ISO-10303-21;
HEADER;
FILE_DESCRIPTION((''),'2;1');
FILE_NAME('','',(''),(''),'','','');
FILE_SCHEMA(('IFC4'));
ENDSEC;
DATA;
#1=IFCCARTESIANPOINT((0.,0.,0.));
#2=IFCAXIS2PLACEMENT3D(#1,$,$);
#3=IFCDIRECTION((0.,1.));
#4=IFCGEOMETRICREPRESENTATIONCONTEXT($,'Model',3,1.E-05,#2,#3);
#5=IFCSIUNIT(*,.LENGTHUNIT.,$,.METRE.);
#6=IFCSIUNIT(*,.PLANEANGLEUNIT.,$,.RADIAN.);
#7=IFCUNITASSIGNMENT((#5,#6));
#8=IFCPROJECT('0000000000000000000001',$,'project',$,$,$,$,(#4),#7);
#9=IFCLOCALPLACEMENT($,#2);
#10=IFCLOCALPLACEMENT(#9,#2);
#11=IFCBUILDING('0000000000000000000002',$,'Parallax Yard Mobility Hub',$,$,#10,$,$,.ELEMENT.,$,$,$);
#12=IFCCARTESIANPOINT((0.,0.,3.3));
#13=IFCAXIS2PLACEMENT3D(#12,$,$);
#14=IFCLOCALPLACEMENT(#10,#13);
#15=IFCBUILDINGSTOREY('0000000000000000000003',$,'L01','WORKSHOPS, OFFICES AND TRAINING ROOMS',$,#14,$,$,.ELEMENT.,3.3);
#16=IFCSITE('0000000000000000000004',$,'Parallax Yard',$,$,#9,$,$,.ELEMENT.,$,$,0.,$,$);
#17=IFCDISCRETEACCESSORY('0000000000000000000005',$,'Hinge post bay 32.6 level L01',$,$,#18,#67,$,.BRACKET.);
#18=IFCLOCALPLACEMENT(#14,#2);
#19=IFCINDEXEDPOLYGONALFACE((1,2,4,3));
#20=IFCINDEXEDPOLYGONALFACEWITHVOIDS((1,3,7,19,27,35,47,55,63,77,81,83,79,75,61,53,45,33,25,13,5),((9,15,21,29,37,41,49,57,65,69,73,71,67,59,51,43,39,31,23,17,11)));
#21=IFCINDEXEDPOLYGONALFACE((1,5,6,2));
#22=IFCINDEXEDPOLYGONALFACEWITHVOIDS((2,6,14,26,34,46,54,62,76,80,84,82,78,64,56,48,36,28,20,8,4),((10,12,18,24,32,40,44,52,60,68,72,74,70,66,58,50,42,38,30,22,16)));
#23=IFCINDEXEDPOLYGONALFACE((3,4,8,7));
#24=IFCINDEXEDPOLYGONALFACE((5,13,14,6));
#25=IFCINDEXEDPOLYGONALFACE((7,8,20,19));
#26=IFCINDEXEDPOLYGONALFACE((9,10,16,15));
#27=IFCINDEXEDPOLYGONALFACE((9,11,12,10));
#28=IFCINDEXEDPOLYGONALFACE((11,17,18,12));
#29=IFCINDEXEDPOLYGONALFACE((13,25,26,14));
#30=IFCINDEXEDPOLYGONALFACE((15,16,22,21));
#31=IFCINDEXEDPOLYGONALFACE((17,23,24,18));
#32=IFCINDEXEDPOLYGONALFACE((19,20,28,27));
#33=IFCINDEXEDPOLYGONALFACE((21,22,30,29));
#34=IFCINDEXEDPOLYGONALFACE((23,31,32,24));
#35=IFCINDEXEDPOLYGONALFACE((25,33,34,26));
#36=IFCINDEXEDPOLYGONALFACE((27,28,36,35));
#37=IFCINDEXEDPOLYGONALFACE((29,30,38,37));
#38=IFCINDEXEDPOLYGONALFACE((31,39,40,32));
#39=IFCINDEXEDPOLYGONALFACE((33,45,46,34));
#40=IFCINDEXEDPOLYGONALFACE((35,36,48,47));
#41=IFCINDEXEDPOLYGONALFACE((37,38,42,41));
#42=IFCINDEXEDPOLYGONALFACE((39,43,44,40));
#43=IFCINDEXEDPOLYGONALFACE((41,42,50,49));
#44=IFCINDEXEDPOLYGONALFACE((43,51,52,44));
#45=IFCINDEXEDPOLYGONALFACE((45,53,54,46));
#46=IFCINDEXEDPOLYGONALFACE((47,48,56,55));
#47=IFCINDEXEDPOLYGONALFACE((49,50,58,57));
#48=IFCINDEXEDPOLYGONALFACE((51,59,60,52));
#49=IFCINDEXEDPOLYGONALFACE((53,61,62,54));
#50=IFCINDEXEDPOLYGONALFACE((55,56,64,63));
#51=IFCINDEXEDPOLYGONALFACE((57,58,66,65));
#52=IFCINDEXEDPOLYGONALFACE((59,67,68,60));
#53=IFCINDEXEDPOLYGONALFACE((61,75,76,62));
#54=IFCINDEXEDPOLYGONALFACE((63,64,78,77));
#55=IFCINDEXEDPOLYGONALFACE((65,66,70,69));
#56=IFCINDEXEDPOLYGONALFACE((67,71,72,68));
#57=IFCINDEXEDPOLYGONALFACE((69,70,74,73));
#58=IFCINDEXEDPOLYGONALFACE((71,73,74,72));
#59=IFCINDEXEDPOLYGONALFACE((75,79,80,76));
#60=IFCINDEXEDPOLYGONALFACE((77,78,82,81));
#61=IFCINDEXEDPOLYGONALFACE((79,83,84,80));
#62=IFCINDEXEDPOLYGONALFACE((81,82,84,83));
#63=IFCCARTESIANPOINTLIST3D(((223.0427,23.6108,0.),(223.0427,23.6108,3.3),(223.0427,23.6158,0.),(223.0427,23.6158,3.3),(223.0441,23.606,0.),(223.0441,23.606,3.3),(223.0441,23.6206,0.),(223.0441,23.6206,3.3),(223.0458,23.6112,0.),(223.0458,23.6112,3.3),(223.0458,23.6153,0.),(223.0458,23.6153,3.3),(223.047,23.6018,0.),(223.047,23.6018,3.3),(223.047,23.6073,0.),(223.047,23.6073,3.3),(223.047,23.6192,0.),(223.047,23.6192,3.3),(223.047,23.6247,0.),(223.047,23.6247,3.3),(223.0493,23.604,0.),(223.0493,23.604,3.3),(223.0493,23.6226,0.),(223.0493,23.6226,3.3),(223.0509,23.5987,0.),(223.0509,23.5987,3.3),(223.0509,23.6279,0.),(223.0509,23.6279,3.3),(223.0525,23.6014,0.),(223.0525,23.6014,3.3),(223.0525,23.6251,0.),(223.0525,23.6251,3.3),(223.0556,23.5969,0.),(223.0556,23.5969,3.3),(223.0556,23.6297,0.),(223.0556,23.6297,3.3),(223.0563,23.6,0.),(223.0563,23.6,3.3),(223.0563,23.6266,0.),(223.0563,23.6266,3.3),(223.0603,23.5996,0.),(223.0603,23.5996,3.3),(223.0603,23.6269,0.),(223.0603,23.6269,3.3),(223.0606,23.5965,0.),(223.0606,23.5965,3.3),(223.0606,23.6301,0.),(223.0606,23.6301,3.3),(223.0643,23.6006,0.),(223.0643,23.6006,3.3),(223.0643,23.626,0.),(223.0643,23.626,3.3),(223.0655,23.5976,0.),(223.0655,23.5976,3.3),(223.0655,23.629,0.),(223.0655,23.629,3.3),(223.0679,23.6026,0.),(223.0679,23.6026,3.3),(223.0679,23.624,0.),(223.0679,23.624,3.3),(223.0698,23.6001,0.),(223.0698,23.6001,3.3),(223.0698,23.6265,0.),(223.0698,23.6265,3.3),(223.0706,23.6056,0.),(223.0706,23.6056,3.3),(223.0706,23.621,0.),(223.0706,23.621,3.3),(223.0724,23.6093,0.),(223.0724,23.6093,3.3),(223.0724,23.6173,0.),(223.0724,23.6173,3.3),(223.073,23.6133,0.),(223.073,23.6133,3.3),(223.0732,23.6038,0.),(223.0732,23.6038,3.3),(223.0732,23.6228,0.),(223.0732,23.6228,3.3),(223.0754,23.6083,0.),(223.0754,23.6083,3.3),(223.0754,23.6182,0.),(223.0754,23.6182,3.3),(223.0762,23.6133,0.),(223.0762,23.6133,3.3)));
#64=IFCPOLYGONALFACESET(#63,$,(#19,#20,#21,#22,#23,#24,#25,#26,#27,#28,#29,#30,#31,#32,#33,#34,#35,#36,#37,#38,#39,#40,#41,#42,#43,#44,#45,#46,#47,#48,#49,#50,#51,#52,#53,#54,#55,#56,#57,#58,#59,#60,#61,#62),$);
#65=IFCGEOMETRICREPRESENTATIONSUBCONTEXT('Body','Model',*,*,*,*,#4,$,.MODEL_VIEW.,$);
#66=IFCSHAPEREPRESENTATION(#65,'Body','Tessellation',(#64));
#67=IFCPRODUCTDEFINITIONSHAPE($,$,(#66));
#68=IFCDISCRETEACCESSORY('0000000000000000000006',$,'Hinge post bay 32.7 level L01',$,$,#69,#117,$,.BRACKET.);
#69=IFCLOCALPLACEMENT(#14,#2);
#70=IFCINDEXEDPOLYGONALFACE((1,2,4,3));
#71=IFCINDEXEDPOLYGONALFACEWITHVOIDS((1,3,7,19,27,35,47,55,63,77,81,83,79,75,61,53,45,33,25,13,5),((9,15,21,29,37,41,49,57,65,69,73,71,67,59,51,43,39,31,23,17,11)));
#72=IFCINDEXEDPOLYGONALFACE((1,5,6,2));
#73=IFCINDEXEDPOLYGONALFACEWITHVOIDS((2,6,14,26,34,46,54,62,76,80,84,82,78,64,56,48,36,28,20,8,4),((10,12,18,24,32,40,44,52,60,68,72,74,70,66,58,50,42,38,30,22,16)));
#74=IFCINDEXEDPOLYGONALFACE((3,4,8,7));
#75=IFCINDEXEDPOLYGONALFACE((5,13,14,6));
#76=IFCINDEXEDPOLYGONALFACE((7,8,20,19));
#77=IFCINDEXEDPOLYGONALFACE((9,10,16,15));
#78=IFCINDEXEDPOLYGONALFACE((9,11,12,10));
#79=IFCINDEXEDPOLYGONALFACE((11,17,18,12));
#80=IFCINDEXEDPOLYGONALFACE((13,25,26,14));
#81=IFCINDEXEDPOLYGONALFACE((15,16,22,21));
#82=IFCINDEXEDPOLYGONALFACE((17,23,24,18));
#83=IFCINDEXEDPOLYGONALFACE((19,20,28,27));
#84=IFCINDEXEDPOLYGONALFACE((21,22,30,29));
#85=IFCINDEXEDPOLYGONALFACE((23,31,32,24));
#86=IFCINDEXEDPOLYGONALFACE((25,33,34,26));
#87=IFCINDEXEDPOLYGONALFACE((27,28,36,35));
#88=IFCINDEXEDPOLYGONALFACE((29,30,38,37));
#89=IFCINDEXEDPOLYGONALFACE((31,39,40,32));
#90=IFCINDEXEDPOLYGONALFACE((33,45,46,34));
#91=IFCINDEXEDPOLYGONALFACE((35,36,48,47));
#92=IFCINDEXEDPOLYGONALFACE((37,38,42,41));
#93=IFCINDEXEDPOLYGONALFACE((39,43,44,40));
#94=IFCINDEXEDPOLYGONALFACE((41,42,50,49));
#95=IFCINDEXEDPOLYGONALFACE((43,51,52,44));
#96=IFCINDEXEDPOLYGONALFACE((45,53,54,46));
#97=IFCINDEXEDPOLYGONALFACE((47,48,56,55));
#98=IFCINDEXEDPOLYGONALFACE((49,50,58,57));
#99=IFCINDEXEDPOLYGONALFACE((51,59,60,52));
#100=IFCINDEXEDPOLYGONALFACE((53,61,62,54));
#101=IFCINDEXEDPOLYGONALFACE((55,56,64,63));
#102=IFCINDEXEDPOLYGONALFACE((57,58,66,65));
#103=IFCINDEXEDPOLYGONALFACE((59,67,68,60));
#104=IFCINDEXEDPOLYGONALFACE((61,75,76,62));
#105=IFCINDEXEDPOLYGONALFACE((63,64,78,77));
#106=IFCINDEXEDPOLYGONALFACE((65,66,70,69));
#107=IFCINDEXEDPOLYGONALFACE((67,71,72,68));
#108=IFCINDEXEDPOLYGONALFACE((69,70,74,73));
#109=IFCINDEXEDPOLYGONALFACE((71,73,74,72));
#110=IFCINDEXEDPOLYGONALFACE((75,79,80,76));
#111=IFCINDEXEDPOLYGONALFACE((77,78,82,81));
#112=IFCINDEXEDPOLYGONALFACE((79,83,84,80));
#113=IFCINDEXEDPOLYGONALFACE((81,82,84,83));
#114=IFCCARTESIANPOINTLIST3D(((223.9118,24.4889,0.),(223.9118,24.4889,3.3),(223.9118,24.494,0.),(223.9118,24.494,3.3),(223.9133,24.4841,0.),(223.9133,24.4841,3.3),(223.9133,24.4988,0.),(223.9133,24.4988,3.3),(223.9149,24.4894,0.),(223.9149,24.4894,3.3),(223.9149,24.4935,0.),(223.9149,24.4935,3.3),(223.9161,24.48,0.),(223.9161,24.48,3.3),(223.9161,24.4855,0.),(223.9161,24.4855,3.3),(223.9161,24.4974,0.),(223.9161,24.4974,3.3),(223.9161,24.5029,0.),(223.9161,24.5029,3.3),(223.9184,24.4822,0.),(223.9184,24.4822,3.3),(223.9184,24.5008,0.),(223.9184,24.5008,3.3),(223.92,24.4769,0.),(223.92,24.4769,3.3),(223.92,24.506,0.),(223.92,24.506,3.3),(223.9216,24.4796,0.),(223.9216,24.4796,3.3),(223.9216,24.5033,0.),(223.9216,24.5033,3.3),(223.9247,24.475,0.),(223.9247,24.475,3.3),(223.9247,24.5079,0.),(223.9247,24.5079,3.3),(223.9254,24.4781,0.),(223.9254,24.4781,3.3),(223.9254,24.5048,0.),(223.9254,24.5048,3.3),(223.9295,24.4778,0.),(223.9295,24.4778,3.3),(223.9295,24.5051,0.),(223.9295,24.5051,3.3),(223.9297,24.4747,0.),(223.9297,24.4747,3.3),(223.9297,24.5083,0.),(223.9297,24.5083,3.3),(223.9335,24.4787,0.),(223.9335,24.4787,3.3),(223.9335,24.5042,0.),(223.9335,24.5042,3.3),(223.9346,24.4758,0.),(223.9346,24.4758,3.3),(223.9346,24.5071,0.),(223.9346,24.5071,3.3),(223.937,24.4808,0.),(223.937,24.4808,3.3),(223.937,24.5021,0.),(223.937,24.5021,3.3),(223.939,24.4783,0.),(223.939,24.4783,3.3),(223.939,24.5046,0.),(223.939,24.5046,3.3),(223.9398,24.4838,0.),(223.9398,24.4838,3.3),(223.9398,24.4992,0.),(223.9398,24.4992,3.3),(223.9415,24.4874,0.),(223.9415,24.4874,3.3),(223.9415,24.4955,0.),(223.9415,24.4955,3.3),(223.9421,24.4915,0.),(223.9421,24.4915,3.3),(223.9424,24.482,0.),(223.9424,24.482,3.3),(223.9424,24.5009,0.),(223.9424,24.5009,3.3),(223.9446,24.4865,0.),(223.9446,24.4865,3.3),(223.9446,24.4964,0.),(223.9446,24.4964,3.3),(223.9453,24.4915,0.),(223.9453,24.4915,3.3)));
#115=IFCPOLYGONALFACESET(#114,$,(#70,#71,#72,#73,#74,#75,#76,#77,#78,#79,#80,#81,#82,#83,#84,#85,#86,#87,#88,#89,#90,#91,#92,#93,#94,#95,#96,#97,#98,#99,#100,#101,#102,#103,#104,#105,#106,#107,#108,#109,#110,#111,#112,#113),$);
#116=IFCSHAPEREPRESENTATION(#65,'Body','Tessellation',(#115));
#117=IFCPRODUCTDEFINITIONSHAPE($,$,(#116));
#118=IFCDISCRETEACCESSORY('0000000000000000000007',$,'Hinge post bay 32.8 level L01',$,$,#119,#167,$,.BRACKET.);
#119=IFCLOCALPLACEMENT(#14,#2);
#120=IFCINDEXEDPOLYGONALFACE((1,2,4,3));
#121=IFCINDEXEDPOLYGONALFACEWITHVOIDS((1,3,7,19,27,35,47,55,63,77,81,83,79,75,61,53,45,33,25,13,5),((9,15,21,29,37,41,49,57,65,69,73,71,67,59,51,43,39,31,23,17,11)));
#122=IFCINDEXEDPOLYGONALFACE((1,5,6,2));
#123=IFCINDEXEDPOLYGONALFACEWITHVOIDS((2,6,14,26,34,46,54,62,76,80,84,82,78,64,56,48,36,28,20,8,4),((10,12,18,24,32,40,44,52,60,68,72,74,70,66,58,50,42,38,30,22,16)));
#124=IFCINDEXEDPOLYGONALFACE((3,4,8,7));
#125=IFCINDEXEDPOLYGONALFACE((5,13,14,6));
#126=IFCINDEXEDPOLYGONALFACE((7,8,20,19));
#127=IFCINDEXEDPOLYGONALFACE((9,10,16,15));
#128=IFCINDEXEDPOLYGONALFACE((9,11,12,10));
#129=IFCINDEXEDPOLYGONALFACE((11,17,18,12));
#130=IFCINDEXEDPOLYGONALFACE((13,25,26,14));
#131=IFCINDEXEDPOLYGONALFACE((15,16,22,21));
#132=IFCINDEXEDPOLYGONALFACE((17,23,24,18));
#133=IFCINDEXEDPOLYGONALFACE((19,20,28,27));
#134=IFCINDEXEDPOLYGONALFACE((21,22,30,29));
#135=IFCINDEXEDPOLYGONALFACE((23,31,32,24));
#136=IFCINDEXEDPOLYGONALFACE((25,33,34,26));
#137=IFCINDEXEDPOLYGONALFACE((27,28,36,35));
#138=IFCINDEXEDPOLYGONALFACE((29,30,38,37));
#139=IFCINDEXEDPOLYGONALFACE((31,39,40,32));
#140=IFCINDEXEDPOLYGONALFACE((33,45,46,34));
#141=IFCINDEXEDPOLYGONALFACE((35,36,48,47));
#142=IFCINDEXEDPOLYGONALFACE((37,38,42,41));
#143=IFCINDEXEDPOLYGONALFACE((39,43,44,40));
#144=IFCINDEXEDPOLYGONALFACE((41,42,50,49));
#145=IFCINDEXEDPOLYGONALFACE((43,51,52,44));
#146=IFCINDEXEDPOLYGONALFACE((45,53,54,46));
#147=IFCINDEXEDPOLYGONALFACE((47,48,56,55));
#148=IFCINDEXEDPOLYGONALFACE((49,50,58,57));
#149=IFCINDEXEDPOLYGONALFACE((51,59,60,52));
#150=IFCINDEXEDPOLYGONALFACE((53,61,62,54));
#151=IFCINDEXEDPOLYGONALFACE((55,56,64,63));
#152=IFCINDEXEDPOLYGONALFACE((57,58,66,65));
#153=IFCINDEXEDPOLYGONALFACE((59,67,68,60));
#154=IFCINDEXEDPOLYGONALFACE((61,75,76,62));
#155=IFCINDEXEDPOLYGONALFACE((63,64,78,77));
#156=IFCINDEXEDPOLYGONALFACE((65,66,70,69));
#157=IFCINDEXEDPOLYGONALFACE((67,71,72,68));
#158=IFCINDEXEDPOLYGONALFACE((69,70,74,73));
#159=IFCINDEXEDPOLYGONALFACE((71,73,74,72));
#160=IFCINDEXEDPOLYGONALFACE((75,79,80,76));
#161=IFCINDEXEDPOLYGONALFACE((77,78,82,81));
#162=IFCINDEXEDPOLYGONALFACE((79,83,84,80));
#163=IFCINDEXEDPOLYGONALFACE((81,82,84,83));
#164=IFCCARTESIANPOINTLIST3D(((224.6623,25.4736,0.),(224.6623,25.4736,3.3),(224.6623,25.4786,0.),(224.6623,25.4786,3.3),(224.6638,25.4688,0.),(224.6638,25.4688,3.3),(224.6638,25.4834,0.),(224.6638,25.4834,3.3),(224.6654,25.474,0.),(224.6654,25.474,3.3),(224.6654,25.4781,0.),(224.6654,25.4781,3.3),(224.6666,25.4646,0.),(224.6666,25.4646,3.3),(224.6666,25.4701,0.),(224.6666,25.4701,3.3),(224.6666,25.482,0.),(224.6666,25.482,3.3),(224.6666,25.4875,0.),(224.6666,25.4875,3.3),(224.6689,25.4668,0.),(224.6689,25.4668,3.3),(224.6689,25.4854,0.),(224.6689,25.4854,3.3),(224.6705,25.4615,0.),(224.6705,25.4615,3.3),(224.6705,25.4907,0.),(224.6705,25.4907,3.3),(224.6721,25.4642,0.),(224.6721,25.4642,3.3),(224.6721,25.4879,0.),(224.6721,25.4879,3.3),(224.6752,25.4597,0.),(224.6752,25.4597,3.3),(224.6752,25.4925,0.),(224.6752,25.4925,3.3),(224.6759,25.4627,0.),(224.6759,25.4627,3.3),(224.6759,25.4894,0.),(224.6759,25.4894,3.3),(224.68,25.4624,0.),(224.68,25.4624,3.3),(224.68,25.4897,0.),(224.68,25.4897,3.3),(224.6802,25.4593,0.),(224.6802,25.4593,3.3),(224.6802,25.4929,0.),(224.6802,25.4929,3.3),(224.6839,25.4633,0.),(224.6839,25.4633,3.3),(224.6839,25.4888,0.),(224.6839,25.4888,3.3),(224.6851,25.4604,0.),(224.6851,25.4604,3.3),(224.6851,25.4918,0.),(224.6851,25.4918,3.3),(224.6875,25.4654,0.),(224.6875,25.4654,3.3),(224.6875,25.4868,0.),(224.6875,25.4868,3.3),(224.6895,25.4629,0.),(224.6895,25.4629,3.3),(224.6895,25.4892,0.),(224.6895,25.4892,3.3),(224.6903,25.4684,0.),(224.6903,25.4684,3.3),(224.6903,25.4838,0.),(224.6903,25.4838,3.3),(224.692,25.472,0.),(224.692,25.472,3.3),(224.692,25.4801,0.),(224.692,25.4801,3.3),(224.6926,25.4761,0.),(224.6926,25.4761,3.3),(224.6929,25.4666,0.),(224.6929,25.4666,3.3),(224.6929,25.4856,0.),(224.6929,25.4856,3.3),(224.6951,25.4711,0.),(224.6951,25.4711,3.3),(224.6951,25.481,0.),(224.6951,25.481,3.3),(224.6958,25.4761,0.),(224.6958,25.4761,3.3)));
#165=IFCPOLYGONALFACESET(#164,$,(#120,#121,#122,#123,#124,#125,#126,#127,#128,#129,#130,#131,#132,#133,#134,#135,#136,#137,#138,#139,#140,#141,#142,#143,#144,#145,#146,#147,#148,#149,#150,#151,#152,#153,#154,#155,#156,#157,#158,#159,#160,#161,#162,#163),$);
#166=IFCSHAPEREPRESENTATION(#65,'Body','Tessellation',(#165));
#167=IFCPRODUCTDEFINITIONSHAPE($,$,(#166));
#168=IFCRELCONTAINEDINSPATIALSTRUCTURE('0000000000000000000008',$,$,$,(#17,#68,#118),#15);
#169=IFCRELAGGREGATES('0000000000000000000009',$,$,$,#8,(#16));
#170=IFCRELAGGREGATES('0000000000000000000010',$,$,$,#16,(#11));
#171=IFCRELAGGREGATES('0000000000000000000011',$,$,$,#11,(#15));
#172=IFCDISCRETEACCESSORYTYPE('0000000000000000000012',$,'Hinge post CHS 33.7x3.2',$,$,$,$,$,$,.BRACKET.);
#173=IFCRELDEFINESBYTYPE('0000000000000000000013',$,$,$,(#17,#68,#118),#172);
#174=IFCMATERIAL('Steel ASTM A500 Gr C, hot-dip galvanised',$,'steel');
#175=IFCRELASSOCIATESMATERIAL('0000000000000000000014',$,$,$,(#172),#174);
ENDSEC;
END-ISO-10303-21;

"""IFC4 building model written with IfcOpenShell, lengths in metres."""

from ifc_helpers import new_model, si_unit, direction, frame, origin, origin_2d, place, context, subcontext, project, spatial, hollow_circle, extrude, material, material_profile, profile_set, type_object, element, save


model = new_model("IFC4")

# Units and contexts
model_context = context("Model", 3, precision=1e-05, world=origin(), true_north=direction((0.0, 1.0)))
body_context = subcontext(model_context, "Body", "Model", "MODEL_VIEW")
ifc_project = project(units=[si_unit("LENGTHUNIT", "METRE"), si_unit("PLANEANGLEUNIT", "RADIAN")], contexts=[model_context])

# Site, building, storey
site_placement = place(None, origin())
site = spatial("IfcSite", under=ifc_project, at=site_placement, Name="Parallax Yard", CompositionType="ELEMENT", RefElevation=0.0)
building_placement = place(site_placement, origin())
building = spatial("IfcBuilding", under=site, at=building_placement, Name="Parallax Yard Mobility Hub", CompositionType="ELEMENT")
storey_placement = place(building_placement, frame((0.0, 0.0, 3.3)))
storey = spatial("IfcBuildingStorey", under=building, at=storey_placement, Name="L01", Description="WORKSHOPS, OFFICES AND TRAINING ROOMS", CompositionType="ELEMENT", Elevation=3.3)

# Discrete accessories
ifc_material_1 = material(Name="Steel ASTM A500 Gr C, hot-dip galvanised", Category="steel")
ifc_material_profile_1 = material_profile(ifc_material_1, hollow_circle(Radius=0.0168, WallThickness=0.0032, at=origin_2d()), Name="CHS 33.7x3.2")
ifc_profile_set_1 = profile_set([ifc_material_profile_1], Name="Steel ASTM A500 Gr C, hot-dip galvanised")
discrete_accessory_type_1 = type_object("IfcDiscreteAccessoryType", Name="Hinge post CHS 33.7x3.2", PredefinedType="BRACKET", material=ifc_profile_set_1)
for number, where, z_axis, x_axis, name in (
    (1, (223.0593, 23.6133, 0.0), (0.0, 0.0, 1.0), (1.0, 0.0, 0.0), "Hinge post bay 32.6 level L01"),
    (2, (223.9285, 24.4915, 0.0), (0.0, 0.0, 1.0), (1.0, 0.0, 0.0), "Hinge post bay 32.7 level L01"),
    (3, (224.679, 25.4761, 0.0), (0.0, 0.0, 1.0), (1.0, 0.0, 0.0), "Hinge post bay 32.8 level L01"),
):
    element("IfcDiscreteAccessory", number, at=place(storey_placement, frame(where, z_axis=z_axis, x_axis=x_axis)), inside=storey, type_object=discrete_accessory_type_1, Name=name, PredefinedType="BRACKET", context=body_context, shape_type="SweptSolid", body=[
        extrude(hollow_circle(Radius=0.0168, WallThickness=0.0032, at=origin_2d()), origin(), (0.0, 0.0, 1.0), 3.3),
    ])

save(model, "model.ifc")
